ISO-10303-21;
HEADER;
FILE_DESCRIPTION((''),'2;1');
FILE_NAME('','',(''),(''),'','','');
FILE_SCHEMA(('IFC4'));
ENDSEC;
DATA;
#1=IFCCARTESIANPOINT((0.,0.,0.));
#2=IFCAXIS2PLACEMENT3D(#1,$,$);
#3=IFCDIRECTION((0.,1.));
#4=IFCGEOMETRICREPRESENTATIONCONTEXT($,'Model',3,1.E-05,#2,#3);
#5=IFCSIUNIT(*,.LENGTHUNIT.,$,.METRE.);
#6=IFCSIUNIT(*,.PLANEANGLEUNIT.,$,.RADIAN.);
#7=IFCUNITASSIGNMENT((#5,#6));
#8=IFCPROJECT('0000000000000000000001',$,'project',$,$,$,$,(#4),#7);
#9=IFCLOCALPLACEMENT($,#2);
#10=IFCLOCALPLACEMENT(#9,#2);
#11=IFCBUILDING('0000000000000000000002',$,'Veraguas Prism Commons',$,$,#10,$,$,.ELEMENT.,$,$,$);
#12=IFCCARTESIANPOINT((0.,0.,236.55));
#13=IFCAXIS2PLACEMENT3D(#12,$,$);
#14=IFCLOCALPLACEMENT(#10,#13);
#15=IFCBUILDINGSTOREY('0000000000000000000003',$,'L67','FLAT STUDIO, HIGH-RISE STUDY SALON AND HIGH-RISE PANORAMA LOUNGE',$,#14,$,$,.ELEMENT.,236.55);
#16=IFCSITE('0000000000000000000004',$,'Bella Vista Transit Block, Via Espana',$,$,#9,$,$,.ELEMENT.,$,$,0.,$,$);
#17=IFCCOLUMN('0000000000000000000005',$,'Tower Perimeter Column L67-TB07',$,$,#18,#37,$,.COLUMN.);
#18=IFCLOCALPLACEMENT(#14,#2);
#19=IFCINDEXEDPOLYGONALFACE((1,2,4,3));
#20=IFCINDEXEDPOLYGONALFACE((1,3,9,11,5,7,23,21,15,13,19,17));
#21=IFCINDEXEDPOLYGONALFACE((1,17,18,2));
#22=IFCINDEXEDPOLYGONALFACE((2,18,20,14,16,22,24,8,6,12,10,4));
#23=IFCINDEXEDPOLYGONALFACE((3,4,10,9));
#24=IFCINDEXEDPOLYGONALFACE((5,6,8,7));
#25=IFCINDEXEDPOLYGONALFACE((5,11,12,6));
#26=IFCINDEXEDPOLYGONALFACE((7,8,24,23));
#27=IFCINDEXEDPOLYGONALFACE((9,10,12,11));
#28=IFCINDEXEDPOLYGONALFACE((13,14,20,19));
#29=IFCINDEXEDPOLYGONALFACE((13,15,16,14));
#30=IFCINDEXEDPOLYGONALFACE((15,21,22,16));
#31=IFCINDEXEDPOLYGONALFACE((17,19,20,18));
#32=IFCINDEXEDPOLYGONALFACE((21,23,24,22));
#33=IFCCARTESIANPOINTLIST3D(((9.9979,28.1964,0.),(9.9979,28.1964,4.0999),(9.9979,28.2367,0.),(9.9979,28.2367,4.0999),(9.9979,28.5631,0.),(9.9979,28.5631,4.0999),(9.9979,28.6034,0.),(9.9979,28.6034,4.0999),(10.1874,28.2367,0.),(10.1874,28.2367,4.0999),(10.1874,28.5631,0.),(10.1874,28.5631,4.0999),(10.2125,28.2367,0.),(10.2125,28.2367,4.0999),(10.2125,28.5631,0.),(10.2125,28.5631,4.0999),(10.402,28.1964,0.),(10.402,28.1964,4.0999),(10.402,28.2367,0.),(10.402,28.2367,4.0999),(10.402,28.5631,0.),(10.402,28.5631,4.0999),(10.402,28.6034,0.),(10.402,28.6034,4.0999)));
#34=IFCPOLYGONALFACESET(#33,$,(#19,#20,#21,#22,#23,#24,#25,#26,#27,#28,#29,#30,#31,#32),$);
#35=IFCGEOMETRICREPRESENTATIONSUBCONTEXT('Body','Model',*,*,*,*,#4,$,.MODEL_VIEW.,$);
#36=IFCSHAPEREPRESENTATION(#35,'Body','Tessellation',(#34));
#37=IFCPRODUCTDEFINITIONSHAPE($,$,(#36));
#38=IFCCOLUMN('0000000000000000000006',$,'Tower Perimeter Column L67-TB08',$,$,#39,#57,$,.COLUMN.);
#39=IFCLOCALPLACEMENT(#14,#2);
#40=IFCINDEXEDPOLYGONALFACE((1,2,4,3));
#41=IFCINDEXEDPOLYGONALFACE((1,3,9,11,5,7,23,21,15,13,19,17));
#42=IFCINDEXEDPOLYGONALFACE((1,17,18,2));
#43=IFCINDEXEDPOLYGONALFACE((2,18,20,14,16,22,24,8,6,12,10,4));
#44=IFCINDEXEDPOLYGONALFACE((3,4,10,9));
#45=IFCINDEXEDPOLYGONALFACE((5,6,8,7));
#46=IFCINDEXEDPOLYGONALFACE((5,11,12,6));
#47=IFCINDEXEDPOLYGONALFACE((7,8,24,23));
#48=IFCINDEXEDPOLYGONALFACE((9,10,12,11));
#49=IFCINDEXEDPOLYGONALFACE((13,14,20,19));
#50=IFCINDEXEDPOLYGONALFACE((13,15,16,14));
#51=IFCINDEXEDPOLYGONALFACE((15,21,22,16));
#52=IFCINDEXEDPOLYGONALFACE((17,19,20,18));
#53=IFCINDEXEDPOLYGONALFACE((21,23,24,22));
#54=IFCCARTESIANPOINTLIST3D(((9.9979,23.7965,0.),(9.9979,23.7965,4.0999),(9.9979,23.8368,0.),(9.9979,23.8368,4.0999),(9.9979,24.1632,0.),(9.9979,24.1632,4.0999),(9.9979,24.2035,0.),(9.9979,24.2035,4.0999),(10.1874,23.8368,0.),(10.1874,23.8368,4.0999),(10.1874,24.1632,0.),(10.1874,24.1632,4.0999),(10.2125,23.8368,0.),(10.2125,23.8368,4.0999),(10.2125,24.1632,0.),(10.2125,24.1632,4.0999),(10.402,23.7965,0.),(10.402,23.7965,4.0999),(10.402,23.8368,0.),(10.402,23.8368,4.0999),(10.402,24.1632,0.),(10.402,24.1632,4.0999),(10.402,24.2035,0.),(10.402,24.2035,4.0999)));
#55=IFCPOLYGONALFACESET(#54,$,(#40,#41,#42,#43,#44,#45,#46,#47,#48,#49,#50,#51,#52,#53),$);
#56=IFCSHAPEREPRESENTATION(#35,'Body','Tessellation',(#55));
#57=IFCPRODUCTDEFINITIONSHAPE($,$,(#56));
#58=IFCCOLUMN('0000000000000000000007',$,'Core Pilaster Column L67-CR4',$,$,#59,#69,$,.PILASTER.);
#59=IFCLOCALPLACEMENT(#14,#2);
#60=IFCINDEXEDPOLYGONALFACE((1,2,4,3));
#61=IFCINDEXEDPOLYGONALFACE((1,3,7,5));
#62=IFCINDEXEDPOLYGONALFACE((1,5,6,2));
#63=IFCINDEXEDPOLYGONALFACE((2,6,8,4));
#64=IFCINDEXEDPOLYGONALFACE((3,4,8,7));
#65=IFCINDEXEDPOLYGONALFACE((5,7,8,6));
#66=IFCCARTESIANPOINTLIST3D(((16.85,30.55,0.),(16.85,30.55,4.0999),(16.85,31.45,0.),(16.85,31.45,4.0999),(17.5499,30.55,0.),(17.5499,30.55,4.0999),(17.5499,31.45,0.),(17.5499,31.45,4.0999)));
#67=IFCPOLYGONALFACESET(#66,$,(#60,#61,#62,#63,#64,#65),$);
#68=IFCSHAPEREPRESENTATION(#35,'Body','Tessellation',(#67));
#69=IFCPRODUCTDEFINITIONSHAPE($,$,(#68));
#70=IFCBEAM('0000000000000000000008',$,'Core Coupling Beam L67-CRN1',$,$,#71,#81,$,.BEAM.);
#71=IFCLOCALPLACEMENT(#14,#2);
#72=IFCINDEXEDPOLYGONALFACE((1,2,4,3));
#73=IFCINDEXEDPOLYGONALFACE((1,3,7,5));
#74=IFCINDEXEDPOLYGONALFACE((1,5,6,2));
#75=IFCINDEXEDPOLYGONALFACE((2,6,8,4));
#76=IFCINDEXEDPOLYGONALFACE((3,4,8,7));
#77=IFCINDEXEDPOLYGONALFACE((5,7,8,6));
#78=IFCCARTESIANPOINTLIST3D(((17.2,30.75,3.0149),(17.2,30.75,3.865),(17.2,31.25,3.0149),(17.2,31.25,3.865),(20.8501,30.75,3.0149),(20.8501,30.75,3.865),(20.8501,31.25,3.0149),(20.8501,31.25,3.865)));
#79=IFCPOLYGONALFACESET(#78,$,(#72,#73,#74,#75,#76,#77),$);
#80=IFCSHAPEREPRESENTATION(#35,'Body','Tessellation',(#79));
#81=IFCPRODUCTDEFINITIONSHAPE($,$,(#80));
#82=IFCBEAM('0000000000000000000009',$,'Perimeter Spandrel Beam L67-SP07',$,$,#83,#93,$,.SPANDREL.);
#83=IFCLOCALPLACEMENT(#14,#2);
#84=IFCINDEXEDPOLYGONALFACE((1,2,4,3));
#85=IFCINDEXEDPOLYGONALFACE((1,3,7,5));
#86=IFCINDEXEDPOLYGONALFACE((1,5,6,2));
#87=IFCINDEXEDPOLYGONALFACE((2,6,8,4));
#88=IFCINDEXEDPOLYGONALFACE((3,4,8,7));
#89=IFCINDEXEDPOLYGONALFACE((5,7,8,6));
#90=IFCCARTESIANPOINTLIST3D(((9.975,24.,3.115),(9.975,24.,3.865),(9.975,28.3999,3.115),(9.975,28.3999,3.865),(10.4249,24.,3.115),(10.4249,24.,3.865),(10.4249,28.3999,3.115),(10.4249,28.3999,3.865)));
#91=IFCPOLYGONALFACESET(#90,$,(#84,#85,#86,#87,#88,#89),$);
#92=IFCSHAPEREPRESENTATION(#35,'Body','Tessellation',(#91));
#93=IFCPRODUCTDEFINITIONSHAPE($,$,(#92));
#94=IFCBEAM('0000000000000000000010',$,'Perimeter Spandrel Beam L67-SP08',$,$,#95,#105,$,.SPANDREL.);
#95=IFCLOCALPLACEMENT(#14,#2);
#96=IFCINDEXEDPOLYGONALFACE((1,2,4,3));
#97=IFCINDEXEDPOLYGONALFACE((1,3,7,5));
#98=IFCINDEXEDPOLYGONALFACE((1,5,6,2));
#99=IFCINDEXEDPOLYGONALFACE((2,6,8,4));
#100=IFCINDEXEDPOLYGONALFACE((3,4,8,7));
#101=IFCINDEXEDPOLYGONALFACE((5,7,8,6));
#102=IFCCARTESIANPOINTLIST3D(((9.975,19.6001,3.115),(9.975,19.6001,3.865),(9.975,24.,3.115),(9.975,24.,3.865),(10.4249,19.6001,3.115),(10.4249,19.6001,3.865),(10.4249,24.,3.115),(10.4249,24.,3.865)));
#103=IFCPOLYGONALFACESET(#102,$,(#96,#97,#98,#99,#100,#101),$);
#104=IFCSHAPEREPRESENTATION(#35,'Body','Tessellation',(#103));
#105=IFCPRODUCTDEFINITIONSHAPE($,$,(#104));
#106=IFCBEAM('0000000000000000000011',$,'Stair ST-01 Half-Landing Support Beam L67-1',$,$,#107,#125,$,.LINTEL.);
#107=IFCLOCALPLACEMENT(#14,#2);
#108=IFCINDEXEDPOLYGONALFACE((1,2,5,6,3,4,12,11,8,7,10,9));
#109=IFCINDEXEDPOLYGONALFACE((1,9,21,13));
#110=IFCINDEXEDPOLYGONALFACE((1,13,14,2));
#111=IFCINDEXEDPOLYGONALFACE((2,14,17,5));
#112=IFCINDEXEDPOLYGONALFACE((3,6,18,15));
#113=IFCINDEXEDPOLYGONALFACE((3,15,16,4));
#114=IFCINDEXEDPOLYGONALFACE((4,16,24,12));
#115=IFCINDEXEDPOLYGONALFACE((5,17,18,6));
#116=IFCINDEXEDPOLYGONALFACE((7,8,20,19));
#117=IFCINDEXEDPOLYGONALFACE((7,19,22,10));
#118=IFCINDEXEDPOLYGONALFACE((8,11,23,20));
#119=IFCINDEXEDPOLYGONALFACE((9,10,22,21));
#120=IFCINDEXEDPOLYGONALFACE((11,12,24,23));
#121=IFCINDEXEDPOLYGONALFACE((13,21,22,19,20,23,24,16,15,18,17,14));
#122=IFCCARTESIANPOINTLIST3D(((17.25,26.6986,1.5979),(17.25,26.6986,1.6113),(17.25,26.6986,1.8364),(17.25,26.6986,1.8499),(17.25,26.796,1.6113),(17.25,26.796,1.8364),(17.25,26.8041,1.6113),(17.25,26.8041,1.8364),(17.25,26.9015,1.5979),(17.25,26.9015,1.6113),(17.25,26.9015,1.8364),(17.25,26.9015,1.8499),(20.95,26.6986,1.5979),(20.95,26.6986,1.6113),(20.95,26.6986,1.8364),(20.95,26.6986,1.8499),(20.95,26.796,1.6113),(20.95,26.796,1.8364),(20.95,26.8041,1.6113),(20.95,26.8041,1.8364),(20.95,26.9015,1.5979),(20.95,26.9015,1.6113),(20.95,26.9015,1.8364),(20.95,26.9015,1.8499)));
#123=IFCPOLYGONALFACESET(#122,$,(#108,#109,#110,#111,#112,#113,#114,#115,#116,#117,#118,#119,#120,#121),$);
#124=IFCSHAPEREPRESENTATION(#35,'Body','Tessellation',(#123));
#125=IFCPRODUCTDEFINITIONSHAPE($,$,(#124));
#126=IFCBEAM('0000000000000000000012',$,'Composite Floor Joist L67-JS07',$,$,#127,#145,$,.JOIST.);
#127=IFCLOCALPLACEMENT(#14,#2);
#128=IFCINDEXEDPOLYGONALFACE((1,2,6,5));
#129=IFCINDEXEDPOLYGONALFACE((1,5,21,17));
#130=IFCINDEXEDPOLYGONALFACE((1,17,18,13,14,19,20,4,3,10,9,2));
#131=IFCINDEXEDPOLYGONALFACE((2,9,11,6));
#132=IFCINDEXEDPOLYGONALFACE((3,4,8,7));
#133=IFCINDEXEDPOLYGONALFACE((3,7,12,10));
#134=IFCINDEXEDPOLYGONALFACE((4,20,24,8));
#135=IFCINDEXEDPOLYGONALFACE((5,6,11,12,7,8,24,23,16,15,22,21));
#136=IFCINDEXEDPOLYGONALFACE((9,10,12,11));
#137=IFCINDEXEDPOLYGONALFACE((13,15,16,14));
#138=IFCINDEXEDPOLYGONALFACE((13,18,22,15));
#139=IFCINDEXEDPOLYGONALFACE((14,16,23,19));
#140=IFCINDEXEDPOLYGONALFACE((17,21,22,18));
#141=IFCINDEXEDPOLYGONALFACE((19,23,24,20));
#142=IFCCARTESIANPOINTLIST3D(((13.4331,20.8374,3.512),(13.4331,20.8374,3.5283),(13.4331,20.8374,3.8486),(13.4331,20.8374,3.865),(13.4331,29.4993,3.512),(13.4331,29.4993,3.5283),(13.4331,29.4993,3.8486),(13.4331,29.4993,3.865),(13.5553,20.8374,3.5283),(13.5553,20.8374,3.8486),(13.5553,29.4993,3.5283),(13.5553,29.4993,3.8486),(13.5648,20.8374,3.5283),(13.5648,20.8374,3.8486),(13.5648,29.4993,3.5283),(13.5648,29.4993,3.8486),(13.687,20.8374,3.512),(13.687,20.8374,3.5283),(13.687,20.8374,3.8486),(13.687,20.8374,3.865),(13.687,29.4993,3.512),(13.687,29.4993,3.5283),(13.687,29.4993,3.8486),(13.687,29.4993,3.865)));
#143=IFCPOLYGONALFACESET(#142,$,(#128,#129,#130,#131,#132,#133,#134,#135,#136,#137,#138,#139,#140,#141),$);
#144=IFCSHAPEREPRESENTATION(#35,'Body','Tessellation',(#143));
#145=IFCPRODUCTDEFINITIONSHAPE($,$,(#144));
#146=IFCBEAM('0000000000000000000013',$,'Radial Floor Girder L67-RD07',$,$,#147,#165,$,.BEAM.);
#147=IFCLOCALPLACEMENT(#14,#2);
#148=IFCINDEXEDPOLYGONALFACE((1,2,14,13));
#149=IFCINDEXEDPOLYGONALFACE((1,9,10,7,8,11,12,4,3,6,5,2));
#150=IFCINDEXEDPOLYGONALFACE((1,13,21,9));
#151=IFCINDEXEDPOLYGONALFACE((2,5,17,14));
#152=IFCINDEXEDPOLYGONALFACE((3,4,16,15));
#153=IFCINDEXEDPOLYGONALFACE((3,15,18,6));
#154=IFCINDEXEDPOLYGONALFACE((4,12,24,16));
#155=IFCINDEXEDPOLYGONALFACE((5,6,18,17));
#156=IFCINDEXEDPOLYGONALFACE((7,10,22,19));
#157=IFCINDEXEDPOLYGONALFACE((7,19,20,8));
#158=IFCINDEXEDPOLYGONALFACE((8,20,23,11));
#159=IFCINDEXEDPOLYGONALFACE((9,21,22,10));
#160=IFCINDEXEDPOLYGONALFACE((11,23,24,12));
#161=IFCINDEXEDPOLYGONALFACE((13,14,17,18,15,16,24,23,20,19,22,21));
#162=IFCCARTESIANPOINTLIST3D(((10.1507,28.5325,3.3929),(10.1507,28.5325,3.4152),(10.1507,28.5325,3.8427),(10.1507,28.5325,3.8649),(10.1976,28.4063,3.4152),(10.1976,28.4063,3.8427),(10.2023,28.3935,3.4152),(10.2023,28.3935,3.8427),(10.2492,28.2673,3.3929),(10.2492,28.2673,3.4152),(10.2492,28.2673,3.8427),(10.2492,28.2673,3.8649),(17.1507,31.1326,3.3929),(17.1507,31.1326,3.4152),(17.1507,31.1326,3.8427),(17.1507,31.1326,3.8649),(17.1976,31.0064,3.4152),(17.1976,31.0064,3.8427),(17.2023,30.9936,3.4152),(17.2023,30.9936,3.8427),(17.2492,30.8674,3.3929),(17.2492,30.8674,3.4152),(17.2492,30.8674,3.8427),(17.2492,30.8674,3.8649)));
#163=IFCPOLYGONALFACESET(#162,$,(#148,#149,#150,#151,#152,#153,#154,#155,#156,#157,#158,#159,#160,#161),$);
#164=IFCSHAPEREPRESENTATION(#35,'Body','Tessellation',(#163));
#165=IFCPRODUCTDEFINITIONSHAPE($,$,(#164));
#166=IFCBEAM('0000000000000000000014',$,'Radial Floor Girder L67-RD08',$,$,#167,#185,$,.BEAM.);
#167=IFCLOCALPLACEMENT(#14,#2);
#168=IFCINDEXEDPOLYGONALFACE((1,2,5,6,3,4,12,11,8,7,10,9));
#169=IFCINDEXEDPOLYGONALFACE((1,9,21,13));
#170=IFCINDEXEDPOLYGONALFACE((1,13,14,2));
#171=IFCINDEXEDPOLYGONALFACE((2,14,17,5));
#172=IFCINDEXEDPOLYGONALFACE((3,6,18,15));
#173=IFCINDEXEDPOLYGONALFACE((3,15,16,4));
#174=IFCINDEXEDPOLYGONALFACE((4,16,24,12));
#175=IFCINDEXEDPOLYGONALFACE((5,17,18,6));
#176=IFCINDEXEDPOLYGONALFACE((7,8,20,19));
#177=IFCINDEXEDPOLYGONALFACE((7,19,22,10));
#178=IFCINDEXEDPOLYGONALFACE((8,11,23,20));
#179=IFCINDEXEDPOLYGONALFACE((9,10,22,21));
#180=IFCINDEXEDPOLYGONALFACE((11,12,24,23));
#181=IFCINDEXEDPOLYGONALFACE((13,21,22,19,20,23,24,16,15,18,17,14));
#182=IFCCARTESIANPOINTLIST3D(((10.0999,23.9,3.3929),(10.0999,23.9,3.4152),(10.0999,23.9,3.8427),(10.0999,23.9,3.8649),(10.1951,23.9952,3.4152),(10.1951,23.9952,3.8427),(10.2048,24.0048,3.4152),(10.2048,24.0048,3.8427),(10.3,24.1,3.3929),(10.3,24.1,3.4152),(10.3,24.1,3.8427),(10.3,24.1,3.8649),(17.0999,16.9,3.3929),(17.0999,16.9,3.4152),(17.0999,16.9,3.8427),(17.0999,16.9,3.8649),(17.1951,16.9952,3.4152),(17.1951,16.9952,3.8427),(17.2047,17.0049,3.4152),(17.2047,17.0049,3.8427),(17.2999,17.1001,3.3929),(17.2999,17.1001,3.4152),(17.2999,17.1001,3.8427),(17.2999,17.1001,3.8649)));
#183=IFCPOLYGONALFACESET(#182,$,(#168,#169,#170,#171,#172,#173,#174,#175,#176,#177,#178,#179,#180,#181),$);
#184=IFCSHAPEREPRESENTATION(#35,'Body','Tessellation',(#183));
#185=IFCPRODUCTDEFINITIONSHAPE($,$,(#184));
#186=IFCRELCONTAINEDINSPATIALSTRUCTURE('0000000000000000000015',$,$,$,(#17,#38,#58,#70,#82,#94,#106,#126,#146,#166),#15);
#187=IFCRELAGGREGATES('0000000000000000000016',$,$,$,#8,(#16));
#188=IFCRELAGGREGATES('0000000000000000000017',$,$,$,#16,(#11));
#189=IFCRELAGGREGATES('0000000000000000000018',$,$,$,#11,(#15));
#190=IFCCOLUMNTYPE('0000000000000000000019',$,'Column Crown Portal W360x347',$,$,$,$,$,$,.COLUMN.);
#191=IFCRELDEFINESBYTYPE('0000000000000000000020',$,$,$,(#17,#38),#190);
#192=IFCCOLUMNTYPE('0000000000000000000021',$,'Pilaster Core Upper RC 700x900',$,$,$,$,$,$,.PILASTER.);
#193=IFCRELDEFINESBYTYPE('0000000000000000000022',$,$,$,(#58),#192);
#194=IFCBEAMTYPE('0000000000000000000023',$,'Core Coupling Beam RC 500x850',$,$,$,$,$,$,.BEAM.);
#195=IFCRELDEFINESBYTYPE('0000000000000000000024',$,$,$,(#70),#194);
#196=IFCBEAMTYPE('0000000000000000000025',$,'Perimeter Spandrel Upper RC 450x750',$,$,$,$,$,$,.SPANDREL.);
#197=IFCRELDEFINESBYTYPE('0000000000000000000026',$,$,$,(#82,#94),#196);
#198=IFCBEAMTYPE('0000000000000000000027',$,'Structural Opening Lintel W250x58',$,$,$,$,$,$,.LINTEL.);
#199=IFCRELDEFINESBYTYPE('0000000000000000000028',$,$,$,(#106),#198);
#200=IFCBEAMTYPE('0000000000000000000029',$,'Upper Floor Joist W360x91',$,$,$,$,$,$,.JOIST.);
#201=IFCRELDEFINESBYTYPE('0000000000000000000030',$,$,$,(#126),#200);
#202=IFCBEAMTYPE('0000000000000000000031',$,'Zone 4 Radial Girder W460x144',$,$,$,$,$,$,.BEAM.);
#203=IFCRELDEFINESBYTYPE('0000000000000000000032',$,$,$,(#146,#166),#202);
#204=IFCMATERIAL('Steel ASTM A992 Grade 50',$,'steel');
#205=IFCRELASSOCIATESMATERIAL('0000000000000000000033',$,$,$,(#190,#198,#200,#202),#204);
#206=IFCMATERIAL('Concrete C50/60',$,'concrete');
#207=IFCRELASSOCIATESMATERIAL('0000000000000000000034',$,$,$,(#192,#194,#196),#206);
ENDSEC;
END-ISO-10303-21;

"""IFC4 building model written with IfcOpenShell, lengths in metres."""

from ifc_helpers import new_model, si_unit, direction, frame, origin, origin_2d, place, context, subcontext, project, spatial, rectangle, i_section, extrude, material, material_profile, profile_set, type_object, element, save


model = new_model("IFC4")

# Units and contexts
model_context = context("Model", 3, precision=1e-05, world=origin(), true_north=direction((0.0, 1.0)))
body_context = subcontext(model_context, "Body", "Model", "MODEL_VIEW")
ifc_project = project(units=[si_unit("LENGTHUNIT", "METRE"), si_unit("PLANEANGLEUNIT", "RADIAN")], contexts=[model_context])

# Site, building, storey
site_placement = place(None, origin())
site = spatial("IfcSite", under=ifc_project, at=site_placement, Name="Bella Vista Transit Block, Via Espana", CompositionType="ELEMENT", RefElevation=0.0)
building_placement = place(site_placement, origin())
building = spatial("IfcBuilding", under=site, at=building_placement, Name="Veraguas Prism Commons", CompositionType="ELEMENT")
storey_placement = place(building_placement, frame((0.0, 0.0, 236.55)))
storey = spatial("IfcBuildingStorey", under=building, at=storey_placement, Name="L67", Description="FLAT STUDIO, HIGH-RISE STUDY SALON AND HIGH-RISE PANORAMA LOUNGE", CompositionType="ELEMENT", Elevation=236.55)

# Columns
ifc_material_1 = material(Name="Steel ASTM A992 Grade 50", Category="steel")
ifc_material_profile_1 = material_profile(ifc_material_1, i_section(OverallWidth=0.4041, OverallDepth=0.407, WebThickness=0.0251, FlangeThickness=0.0403, at=origin_2d()), Name="W360X347")
ifc_profile_set_1 = profile_set([ifc_material_profile_1], Name="Steel ASTM A992 Grade 50")
column_type_1 = type_object("IfcColumnType", Name="Column Crown Portal W360x347", PredefinedType="COLUMN", material=ifc_profile_set_1)
for number, where, z_axis, x_axis, name in (
    (1, (10.2, 28.3999, 0.0), (0.0, 0.0, 1.0), (1.0, 0.0, 0.0), "Tower Perimeter Column L67-TB07"),
    (2, (10.2, 24.0, 0.0), (0.0, 0.0, 1.0), (1.0, 0.0, 0.0), "Tower Perimeter Column L67-TB08"),
):
    element("IfcColumn", number, at=place(storey_placement, frame(where, z_axis=z_axis, x_axis=x_axis)), inside=storey, type_object=column_type_1, Name=name, PredefinedType="COLUMN", context=body_context, shape_type="SweptSolid", body=[
        extrude(i_section(OverallWidth=0.4041, OverallDepth=0.407, WebThickness=0.0251, FlangeThickness=0.0403, at=origin_2d()), origin(), (0.0, 0.0, 1.0), 4.0999),
    ])
ifc_material_2 = material(Name="Concrete C50/60", Category="concrete")
ifc_material_profile_2 = material_profile(ifc_material_2, rectangle(XDim=0.7, YDim=0.8999, at=origin_2d()), Name="RC700X900")
ifc_profile_set_2 = profile_set([ifc_material_profile_2], Name="Concrete C50/60")
column_type_2 = type_object("IfcColumnType", Name="Pilaster Core Upper RC 700x900", PredefinedType="PILASTER", material=ifc_profile_set_2)
column_placement = place(storey_placement, frame((17.2, 31.0, 0.0), z_axis=(0.0, 0.0, 1.0), x_axis=(1.0, 0.0, 0.0)))
element("IfcColumn", 3, at=column_placement, inside=storey, type_object=column_type_2, Name="Core Pilaster Column L67-CR4", PredefinedType="PILASTER", context=body_context, shape_type="SweptSolid", body=[
    extrude(rectangle(XDim=0.7, YDim=0.8999, at=origin_2d()), origin(), (0.0, 0.0, 1.0), 4.0999),
])

# Beams
ifc_material_profile_3 = material_profile(ifc_material_2, rectangle(XDim=0.5, YDim=0.8501, at=origin_2d()), Name="RC500X850")
ifc_profile_set_3 = profile_set([ifc_material_profile_3], Name="Concrete C50/60")
beam_type_1 = type_object("IfcBeamType", Name="Core Coupling Beam RC 500x850", PredefinedType="BEAM", material=ifc_profile_set_3)
beam_1_placement = place(storey_placement, frame((17.2, 31.0, 3.4399), z_axis=(1.0, 0.0, 0.0), x_axis=(0.0, 1.0, 0.0)))
element("IfcBeam", 4, at=beam_1_placement, inside=storey, type_object=beam_type_1, Name="Core Coupling Beam L67-CRN1", PredefinedType="BEAM", context=body_context, shape_type="SweptSolid", body=[
    extrude(rectangle(XDim=0.5, YDim=0.8501, at=origin_2d()), origin(), (0.0, 0.0, 1.0), 3.6501),
])
ifc_material_profile_4 = material_profile(ifc_material_2, rectangle(XDim=0.45, YDim=0.75, at=origin_2d()), Name="RC450X750")
ifc_profile_set_4 = profile_set([ifc_material_profile_4], Name="Concrete C50/60")
beam_type_2 = type_object("IfcBeamType", Name="Perimeter Spandrel Upper RC 450x750", PredefinedType="SPANDREL", material=ifc_profile_set_4)
for number, where, z_axis, x_axis, name in (
    (5, (10.2, 28.3999, 3.49), (0.0, -1.0, 0.0), (1.0, 0.0, 0.0), "Perimeter Spandrel Beam L67-SP07"),
    (6, (10.2, 24.0, 3.49), (0.0, -1.0, 0.0), (1.0, 0.0, 0.0), "Perimeter Spandrel Beam L67-SP08"),
):
    element("IfcBeam", number, at=place(storey_placement, frame(where, z_axis=z_axis, x_axis=x_axis)), inside=storey, type_object=beam_type_2, Name=name, PredefinedType="SPANDREL", context=body_context, shape_type="SweptSolid", body=[
        extrude(rectangle(XDim=0.45, YDim=0.75, at=origin_2d()), origin(), (0.0, 0.0, 1.0), 4.3999),
    ])
ifc_material_profile_5 = material_profile(ifc_material_1, i_section(OverallWidth=0.2029, OverallDepth=0.252, WebThickness=0.0081, FlangeThickness=0.0134, at=origin_2d()), Name="W250X58")
ifc_profile_set_5 = profile_set([ifc_material_profile_5], Name="Steel ASTM A992 Grade 50")
beam_type_3 = type_object("IfcBeamType", Name="Structural Opening Lintel W250x58", PredefinedType="LINTEL", material=ifc_profile_set_5)
beam_2_placement = place(storey_placement, frame((17.25, 26.8, 1.7239), z_axis=(1.0, 0.0, 0.0), x_axis=(0.0, 1.0, 0.0)))
element("IfcBeam", 7, at=beam_2_placement, inside=storey, type_object=beam_type_3, Name="Stair ST-01 Half-Landing Support Beam L67-1", PredefinedType="LINTEL", context=body_context, shape_type="SweptSolid", body=[
    extrude(i_section(OverallWidth=0.2029, OverallDepth=0.252, WebThickness=0.0081, FlangeThickness=0.0134, at=origin_2d()), origin(), (0.0, 0.0, 1.0), 3.7),
])
ifc_material_profile_6 = material_profile(ifc_material_1, i_section(OverallWidth=0.2539, OverallDepth=0.353, WebThickness=0.0095, FlangeThickness=0.0164, at=origin_2d()), Name="W360X91")
ifc_profile_set_6 = profile_set([ifc_material_profile_6], Name="Steel ASTM A992 Grade 50")
beam_type_4 = type_object("IfcBeamType", Name="Upper Floor Joist W360x91", PredefinedType="JOIST", material=ifc_profile_set_6)
beam_3_placement = place(storey_placement, frame((13.5601, 29.4993, 3.6885), z_axis=(0.0, -1.0, 0.0), x_axis=(1.0, 0.0, 0.0)))
element("IfcBeam", 8, at=beam_3_placement, inside=storey, type_object=beam_type_4, Name="Composite Floor Joist L67-JS07", PredefinedType="JOIST", context=body_context, shape_type="SweptSolid", body=[
    extrude(i_section(OverallWidth=0.2539, OverallDepth=0.353, WebThickness=0.0095, FlangeThickness=0.0164, at=origin_2d()), origin(), (0.0, 0.0, 1.0), 8.6619),
])
ifc_material_profile_7 = material_profile(ifc_material_1, i_section(OverallWidth=0.283, OverallDepth=0.4719, WebThickness=0.0137, FlangeThickness=0.0222, at=origin_2d()), Name="W460X144")
ifc_profile_set_7 = profile_set([ifc_material_profile_7], Name="Steel ASTM A992 Grade 50")
beam_type_5 = type_object("IfcBeamType", Name="Zone 4 Radial Girder W460x144", PredefinedType="BEAM", material=ifc_profile_set_7)
beam_4_placement = place(storey_placement, frame((10.2, 28.3999, 3.6289), z_axis=(0.937421, 0.348198, 0.0), x_axis=(-0.348198, 0.937421, 0.0)))
element("IfcBeam", 9, at=beam_4_placement, inside=storey, type_object=beam_type_5, Name="Radial Floor Girder L67-RD07", PredefinedType="BEAM", context=body_context, shape_type="SweptSolid", body=[
    extrude(i_section(OverallWidth=0.283, OverallDepth=0.4719, WebThickness=0.0137, FlangeThickness=0.0222, at=origin_2d()), origin(), (0.0, 0.0, 1.0), 7.4673),
])
beam_5_placement = place(storey_placement, frame((10.2, 24.0, 3.6289), z_axis=(0.707107, -0.707107, 0.0), x_axis=(0.707107, 0.707107, 0.0)))
element("IfcBeam", 10, at=beam_5_placement, inside=storey, type_object=beam_type_5, Name="Radial Floor Girder L67-RD08", PredefinedType="BEAM", context=body_context, shape_type="SweptSolid", body=[
    extrude(i_section(OverallWidth=0.283, OverallDepth=0.4719, WebThickness=0.0137, FlangeThickness=0.0222, at=origin_2d()), origin(), (0.0, 0.0, 1.0), 9.8994),
])

save(model, "model.ifc")
